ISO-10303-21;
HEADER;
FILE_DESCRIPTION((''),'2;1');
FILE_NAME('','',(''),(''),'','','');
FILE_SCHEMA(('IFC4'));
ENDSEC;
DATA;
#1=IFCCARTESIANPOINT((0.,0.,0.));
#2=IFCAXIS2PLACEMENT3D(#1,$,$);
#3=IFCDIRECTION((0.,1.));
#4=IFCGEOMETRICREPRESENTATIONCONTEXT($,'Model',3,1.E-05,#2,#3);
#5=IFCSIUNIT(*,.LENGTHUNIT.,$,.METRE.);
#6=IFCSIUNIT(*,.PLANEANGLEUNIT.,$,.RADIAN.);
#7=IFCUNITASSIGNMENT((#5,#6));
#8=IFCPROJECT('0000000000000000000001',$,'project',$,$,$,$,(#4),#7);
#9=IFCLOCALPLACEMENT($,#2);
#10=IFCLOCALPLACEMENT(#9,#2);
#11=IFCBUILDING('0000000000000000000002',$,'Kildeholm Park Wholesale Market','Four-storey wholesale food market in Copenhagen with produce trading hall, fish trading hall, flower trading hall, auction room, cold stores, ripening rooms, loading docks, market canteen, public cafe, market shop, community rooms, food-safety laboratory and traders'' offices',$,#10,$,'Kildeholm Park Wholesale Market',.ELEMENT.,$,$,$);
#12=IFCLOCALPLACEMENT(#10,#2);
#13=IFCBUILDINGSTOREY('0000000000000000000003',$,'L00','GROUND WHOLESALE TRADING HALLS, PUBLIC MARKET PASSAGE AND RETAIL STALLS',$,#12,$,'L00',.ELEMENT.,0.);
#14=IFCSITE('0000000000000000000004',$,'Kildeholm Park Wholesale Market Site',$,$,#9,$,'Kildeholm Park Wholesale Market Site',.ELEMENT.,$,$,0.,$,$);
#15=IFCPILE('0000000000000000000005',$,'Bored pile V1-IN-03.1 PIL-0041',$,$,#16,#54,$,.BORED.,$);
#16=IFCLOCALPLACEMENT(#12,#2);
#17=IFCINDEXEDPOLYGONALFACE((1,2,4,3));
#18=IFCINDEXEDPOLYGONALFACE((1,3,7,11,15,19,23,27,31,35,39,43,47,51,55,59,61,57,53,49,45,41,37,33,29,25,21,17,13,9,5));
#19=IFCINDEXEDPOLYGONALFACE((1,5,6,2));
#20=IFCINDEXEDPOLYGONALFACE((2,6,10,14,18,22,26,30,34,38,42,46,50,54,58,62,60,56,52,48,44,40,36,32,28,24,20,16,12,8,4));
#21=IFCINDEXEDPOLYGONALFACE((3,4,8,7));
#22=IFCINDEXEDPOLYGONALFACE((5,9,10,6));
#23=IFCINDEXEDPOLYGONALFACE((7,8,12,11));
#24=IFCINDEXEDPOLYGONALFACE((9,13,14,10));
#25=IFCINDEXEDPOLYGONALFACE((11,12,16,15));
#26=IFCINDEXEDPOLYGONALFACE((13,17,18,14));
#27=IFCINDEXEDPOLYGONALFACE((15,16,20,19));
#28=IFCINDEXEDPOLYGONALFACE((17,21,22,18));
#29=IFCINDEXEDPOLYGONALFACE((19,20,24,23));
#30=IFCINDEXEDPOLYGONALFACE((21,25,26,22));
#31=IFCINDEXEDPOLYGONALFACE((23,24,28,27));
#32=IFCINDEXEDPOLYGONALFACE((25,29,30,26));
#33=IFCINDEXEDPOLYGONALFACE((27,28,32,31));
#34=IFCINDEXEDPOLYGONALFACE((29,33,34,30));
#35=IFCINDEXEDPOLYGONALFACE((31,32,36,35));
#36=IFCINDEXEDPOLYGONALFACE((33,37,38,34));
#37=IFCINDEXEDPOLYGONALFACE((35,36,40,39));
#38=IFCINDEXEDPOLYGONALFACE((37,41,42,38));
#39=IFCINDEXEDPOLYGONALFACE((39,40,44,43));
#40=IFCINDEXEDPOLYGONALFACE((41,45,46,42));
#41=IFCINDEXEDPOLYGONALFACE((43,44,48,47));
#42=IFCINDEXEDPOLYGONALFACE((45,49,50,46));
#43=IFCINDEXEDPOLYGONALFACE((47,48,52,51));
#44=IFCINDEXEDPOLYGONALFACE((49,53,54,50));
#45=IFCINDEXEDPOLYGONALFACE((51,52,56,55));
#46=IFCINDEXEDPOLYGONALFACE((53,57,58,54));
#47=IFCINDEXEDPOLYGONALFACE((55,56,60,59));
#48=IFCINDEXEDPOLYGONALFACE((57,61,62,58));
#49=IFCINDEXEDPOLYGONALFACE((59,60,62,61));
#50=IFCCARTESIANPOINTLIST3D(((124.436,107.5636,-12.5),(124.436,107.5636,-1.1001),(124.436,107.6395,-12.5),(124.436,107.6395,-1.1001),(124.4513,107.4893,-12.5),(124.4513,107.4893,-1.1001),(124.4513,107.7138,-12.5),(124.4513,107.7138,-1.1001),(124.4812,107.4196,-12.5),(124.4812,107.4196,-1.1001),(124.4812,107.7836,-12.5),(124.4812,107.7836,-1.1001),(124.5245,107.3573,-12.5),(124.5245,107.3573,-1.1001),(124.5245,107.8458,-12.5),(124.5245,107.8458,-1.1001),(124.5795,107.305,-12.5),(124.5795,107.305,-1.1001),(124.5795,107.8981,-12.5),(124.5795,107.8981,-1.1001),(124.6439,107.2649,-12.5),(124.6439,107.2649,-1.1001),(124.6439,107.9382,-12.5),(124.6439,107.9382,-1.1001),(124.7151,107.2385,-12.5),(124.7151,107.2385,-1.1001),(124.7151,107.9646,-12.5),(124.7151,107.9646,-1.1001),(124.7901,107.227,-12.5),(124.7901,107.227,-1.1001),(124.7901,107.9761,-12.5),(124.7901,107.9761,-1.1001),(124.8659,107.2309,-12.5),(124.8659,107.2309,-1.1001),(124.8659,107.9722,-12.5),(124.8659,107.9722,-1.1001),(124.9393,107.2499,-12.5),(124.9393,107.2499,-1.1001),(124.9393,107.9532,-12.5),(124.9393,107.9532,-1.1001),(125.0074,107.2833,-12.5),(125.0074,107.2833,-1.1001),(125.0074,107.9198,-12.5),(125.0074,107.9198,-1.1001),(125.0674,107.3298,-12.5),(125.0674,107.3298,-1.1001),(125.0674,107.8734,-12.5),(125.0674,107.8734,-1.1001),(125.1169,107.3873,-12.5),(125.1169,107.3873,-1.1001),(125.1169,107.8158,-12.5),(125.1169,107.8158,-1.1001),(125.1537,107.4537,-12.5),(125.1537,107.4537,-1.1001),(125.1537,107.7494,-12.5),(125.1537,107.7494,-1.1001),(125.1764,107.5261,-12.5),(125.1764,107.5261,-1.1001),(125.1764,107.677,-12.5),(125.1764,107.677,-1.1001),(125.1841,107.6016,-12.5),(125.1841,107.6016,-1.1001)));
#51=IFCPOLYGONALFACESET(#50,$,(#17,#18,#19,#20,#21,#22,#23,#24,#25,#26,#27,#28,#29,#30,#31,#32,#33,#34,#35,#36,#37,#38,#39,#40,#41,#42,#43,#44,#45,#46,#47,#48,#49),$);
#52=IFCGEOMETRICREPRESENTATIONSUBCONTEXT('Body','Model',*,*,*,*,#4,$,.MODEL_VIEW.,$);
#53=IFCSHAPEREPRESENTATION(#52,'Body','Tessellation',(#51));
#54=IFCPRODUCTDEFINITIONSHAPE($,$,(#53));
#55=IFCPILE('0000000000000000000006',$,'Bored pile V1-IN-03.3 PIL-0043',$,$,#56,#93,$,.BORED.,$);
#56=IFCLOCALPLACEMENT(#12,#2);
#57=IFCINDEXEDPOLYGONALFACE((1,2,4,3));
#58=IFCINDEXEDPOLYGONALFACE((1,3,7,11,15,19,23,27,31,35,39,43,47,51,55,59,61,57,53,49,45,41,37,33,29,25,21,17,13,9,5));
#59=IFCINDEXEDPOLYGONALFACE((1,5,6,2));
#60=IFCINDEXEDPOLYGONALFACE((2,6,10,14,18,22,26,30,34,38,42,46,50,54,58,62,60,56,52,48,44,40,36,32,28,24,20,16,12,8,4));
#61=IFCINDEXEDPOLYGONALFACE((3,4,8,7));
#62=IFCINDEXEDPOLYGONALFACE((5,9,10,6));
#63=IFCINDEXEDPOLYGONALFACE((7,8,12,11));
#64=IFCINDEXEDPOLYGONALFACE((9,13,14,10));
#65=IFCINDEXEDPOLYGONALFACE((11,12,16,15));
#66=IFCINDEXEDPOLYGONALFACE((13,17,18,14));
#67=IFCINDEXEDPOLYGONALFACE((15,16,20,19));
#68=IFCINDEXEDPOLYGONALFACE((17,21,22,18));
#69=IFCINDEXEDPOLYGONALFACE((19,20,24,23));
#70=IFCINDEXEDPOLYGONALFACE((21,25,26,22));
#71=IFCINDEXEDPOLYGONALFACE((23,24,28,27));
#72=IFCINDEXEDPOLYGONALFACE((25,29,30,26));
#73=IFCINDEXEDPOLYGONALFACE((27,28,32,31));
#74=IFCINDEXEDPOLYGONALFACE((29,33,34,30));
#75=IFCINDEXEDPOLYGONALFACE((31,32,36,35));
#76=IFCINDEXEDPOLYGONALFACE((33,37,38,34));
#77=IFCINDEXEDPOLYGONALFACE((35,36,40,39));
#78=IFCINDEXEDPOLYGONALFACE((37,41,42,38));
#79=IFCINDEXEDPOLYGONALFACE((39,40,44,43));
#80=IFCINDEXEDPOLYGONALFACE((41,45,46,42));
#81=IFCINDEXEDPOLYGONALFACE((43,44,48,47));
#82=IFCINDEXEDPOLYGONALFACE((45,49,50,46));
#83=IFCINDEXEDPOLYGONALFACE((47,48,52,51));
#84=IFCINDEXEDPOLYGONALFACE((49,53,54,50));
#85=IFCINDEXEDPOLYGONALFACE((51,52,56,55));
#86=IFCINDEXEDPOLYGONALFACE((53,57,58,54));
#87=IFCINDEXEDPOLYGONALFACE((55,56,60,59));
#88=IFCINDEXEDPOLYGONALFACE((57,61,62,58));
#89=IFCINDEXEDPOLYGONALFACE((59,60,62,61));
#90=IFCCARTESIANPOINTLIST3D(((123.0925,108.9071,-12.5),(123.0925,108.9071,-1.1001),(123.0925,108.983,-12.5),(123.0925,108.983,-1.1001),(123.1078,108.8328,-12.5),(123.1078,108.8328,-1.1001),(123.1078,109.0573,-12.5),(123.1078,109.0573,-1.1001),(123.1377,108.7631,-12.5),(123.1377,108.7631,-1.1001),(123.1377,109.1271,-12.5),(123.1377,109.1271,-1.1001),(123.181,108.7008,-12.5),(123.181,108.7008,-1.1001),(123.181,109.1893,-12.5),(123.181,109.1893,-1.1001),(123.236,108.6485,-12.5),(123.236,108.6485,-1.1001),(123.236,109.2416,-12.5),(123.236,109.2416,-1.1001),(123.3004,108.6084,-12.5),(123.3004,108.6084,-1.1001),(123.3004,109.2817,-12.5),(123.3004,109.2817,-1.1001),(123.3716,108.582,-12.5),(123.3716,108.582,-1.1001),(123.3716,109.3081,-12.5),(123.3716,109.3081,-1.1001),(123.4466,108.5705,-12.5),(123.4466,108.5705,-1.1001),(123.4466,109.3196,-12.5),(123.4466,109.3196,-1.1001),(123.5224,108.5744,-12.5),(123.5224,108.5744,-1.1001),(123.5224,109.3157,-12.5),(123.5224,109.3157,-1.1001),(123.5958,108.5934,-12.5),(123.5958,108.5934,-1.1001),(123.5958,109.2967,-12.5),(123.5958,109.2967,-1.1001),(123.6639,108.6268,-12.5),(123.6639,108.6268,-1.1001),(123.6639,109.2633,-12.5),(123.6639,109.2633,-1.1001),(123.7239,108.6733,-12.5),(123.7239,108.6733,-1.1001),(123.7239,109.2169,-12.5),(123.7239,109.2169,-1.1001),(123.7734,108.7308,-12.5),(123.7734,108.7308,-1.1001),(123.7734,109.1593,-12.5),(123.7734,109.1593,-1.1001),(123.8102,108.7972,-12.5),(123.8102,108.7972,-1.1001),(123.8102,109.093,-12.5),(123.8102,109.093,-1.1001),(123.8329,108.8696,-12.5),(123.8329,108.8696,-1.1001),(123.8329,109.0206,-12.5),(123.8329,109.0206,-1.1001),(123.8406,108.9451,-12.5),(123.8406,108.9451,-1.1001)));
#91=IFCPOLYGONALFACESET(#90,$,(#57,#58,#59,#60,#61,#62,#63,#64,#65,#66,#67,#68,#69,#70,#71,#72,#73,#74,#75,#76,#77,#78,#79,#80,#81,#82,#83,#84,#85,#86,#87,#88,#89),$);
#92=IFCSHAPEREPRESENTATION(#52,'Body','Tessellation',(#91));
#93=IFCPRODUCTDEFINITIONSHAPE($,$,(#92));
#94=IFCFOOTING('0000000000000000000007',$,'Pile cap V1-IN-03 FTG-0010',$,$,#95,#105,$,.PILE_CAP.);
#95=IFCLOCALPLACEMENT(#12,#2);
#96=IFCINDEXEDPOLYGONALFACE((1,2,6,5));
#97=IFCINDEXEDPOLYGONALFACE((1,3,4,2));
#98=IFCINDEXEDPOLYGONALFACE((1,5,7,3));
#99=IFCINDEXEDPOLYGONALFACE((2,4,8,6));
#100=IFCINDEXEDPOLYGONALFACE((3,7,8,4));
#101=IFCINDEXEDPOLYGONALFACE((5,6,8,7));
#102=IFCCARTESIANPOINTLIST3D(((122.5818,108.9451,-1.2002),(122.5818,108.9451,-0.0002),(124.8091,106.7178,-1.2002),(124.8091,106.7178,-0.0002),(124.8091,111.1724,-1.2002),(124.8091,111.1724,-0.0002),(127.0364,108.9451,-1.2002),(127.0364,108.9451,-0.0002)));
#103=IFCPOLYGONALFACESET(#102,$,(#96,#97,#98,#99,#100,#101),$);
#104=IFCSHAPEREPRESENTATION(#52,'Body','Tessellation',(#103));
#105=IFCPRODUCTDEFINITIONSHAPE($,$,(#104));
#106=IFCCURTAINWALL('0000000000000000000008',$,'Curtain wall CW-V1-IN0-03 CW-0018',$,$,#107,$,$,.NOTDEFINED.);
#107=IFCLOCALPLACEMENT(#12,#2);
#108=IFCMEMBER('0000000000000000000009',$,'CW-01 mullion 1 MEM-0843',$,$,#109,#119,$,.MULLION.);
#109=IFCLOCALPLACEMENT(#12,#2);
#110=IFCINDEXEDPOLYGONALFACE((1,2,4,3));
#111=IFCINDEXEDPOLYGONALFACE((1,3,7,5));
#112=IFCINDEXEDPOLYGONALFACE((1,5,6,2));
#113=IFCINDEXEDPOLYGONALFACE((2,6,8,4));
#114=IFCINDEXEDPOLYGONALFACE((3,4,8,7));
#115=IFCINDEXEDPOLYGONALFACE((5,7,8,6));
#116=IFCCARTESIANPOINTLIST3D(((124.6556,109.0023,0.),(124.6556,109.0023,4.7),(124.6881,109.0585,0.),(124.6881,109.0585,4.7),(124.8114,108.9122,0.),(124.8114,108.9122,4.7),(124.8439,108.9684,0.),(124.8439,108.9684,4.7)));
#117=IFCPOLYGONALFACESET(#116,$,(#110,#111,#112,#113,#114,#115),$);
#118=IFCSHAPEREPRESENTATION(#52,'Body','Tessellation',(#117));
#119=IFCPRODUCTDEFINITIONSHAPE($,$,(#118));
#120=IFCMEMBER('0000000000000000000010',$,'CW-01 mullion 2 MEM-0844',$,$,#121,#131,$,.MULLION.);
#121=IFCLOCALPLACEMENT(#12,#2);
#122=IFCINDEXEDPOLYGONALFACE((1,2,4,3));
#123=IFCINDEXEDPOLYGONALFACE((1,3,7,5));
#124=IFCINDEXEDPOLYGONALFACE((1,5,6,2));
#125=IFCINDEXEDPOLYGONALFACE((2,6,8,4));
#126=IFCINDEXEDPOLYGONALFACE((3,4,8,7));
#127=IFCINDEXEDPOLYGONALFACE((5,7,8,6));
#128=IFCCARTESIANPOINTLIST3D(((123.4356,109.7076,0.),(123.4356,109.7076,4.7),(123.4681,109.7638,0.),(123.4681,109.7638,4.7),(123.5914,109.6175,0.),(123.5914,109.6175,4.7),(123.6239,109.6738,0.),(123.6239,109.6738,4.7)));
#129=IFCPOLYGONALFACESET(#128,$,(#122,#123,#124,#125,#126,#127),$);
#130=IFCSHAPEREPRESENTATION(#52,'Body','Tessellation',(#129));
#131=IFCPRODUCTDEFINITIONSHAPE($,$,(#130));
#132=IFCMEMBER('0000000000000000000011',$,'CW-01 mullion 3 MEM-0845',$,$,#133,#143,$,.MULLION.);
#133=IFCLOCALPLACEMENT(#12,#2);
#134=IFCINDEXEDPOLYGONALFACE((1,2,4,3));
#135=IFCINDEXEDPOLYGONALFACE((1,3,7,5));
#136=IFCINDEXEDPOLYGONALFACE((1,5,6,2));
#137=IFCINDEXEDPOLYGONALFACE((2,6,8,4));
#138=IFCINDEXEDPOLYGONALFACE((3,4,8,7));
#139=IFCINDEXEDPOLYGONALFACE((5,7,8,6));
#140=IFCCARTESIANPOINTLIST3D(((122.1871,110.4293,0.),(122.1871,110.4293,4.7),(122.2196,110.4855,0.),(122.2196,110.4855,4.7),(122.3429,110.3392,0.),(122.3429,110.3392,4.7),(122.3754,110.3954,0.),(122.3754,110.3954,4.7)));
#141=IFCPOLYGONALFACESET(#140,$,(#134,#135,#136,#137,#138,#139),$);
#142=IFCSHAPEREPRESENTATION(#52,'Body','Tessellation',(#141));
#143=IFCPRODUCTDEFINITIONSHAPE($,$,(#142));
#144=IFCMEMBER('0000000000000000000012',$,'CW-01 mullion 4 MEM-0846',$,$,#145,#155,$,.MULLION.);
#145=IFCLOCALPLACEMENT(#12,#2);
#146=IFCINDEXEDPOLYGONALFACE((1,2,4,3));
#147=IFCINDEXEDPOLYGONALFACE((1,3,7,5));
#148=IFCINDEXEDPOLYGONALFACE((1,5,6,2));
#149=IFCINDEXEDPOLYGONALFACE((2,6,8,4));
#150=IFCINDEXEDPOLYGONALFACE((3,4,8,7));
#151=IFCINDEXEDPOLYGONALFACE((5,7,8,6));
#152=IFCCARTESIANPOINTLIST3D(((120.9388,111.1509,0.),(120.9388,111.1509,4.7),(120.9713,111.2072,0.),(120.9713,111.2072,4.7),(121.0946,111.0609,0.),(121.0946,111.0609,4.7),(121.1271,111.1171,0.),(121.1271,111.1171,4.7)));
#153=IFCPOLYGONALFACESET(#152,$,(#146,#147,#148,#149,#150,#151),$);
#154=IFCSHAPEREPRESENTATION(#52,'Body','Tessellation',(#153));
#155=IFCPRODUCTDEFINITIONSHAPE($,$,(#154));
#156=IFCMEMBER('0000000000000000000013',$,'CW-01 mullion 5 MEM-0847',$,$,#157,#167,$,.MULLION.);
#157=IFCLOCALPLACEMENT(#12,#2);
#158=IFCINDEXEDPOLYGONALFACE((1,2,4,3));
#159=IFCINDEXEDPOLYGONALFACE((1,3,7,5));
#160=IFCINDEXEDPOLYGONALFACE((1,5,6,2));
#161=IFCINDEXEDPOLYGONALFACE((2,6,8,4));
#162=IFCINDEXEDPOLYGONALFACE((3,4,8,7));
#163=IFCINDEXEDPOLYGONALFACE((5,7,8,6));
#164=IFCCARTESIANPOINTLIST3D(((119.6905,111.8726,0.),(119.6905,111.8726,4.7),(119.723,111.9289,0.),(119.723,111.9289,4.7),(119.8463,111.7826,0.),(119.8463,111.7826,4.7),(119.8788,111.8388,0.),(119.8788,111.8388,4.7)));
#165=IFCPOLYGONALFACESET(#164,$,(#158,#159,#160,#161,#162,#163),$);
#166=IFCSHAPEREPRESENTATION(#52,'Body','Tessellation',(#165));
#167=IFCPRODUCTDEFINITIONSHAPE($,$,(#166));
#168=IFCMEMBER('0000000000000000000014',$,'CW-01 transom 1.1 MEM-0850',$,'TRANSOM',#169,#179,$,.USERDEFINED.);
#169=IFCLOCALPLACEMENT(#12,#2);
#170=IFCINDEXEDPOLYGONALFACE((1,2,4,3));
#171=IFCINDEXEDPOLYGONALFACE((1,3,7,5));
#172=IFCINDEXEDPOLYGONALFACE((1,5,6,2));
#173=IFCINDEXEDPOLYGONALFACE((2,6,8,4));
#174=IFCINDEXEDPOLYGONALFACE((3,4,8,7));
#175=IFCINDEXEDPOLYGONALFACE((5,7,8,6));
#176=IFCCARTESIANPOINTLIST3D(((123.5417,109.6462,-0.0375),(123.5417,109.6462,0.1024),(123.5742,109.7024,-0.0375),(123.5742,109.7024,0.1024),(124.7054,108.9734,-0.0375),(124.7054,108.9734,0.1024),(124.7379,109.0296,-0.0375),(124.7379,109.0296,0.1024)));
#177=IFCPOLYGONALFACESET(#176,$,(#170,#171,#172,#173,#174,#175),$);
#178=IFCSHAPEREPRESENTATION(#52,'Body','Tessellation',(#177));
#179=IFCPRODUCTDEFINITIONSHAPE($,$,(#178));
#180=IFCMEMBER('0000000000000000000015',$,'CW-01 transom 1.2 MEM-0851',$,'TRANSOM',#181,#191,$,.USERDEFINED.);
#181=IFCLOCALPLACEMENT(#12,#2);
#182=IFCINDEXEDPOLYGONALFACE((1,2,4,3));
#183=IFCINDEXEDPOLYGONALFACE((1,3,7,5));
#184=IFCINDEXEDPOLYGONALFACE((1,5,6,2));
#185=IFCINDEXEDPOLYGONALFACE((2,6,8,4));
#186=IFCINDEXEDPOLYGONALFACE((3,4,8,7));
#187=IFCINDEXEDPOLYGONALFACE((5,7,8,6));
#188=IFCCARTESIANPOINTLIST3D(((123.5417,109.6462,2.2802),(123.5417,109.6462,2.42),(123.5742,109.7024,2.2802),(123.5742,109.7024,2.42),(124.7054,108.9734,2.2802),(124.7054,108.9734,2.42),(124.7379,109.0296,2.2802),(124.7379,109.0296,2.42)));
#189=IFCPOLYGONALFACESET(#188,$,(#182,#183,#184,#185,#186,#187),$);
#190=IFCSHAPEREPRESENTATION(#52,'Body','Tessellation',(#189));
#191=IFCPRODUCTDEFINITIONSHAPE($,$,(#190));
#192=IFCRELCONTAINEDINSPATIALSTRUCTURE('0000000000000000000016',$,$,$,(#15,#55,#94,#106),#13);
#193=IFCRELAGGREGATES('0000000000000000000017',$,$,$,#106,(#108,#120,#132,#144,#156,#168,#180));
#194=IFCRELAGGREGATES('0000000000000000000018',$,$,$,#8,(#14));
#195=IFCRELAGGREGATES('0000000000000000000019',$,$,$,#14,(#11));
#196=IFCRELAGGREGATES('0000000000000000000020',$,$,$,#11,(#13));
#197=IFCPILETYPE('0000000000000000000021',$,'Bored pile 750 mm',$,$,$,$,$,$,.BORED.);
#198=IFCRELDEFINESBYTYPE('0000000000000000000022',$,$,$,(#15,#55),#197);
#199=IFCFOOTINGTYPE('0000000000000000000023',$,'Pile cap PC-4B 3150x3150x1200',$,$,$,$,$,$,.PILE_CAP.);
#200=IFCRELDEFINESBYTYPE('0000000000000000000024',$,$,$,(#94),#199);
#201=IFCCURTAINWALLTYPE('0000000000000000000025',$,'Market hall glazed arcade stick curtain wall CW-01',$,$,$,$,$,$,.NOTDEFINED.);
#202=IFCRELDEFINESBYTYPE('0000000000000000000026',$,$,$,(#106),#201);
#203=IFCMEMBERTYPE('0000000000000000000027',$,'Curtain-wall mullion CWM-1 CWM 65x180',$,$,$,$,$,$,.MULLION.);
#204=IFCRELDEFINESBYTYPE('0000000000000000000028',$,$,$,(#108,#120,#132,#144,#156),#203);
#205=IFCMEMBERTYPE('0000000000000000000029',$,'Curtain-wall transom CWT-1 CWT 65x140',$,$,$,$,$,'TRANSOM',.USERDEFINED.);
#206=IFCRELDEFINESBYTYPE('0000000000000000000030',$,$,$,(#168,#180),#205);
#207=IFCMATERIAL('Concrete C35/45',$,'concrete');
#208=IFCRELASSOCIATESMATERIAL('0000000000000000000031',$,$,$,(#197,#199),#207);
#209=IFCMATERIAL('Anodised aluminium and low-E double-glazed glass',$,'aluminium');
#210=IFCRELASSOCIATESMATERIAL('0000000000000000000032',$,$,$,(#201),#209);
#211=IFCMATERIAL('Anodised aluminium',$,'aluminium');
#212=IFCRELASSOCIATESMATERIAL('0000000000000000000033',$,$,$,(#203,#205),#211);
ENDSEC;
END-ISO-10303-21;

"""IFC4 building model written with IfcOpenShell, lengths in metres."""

from ifc_helpers import new_model, si_unit, direction, frame, origin, origin_2d, place, context, subcontext, project, spatial, rectangle, circle, extrude, material, material_profile, profile_set, type_object, element, aggregate, save


model = new_model("IFC4")

# Units and contexts
model_context = context("Model", 3, precision=1e-05, world=origin(), true_north=direction((0.0, 1.0)))
body_context = subcontext(model_context, "Body", "Model", "MODEL_VIEW")
ifc_project = project(units=[si_unit("LENGTHUNIT", "METRE"), si_unit("PLANEANGLEUNIT", "RADIAN")], contexts=[model_context])

# Site, building, storey
site_placement = place(None, origin())
site = spatial("IfcSite", under=ifc_project, at=site_placement, Name="Kildeholm Park Wholesale Market Site", LongName="Kildeholm Park Wholesale Market Site", CompositionType="ELEMENT", RefElevation=0.0)
building_placement = place(site_placement, origin())
building = spatial("IfcBuilding", under=site, at=building_placement, Name="Kildeholm Park Wholesale Market", Description="Four-storey wholesale food market in Copenhagen with produce trading hall, fish trading hall, flower trading hall, auction room, cold stores, ripening rooms, loading docks, market canteen, public cafe, market shop, community rooms, food-safety laboratory and traders' offices", LongName="Kildeholm Park Wholesale Market", CompositionType="ELEMENT")
storey_placement = place(building_placement, origin())
storey = spatial("IfcBuildingStorey", under=building, at=storey_placement, Name="L00", Description="GROUND WHOLESALE TRADING HALLS, PUBLIC MARKET PASSAGE AND RETAIL STALLS", LongName="L00", CompositionType="ELEMENT", Elevation=0.0)

# Piles
ifc_material_1 = material(Name="Concrete C35/45", Category="concrete")
ifc_material_profile_1 = material_profile(ifc_material_1, circle(Radius=0.375, at=origin_2d()), Name="PILE D750")
ifc_profile_set_1 = profile_set([ifc_material_profile_1], Name="Concrete C35/45")
pile_type = type_object("IfcPileType", Name="Bored pile 750 mm", PredefinedType="BORED", material=ifc_profile_set_1)
for number, where, z_axis, x_axis, name in (
    (1, (124.8091, 107.6016, -1.1001), (0.0, 0.0, -1.0), (1.0, 0.0, 0.0), "Bored pile V1-IN-03.1 PIL-0041"),
    (2, (123.4656, 108.9451, -1.1001), (0.0, 0.0, -1.0), (1.0, 0.0, 0.0), "Bored pile V1-IN-03.3 PIL-0043"),
):
    element("IfcPile", number, at=place(storey_placement, frame(where, z_axis=z_axis, x_axis=x_axis)), inside=storey, type_object=pile_type, Name=name, PredefinedType="BORED", context=body_context, shape_type="SweptSolid", body=[
        extrude(circle(Radius=0.375, at=origin_2d()), origin(), (0.0, 0.0, 1.0), 11.3999),
    ])

# Footing
footing_type = type_object("IfcFootingType", Name="Pile cap PC-4B 3150x3150x1200", PredefinedType="PILE_CAP", material=ifc_material_1)
footing_placement = place(storey_placement, frame((124.8091, 108.9451, -1.2002), z_axis=(0.0, 0.0, 1.0), x_axis=(0.707107, 0.707107, 0.0)))
element("IfcFooting", 3, at=footing_placement, inside=storey, type_object=footing_type, Name="Pile cap V1-IN-03 FTG-0010", PredefinedType="PILE_CAP", context=body_context, shape_type="SweptSolid", body=[
    extrude(rectangle(XDim=3.1499, YDim=3.1499, at=origin_2d()), origin(), (0.0, 0.0, 1.0), 1.2),
])

# Curtain wall, members
ifc_material_2 = material(Name="Anodised aluminium and low-E double-glazed glass", Category="aluminium")
curtain_wall_type = type_object("IfcCurtainWallType", Name="Market hall glazed arcade stick curtain wall CW-01", PredefinedType="NOTDEFINED", material=ifc_material_2)
curtain_wall_placement = place(storey_placement, origin())
curtain_wall = element("IfcCurtainWall", 4, at=curtain_wall_placement, inside=storey, type_object=curtain_wall_type, Name="Curtain wall CW-V1-IN0-03 CW-0018", PredefinedType="NOTDEFINED")
ifc_material_3 = material(Name="Anodised aluminium", Category="aluminium")
ifc_material_profile_2 = material_profile(ifc_material_3, rectangle(XDim=0.0649, YDim=0.1799, at=origin_2d()), Name="CWM 65x180")
ifc_profile_set_2 = profile_set([ifc_material_profile_2], Name="Anodised aluminium")
member_type_1 = type_object("IfcMemberType", Name="Curtain-wall mullion CWM-1 CWM 65x180", PredefinedType="MULLION", material=ifc_profile_set_2)
member_1_placement = place(storey_placement, frame((124.7498, 108.9854, 0.0), z_axis=(0.0, 0.0, 1.0), x_axis=(-0.500489, -0.865743, 0.0)))
member_1 = element("IfcMember", 5, at=member_1_placement, type_object=member_type_1, Name="CW-01 mullion 1 MEM-0843", PredefinedType="MULLION", context=body_context, shape_type="SweptSolid", body=[
    extrude(rectangle(XDim=0.0649, YDim=0.1799, at=origin_2d()), origin(), (0.0, 0.0, 1.0), 4.7),
])
member_2_placement = place(storey_placement, frame((123.5298, 109.6907, 0.0), z_axis=(0.0, 0.0, 1.0), x_axis=(-0.500489, -0.865743, 0.0)))
member_2 = element("IfcMember", 6, at=member_2_placement, type_object=member_type_1, Name="CW-01 mullion 2 MEM-0844", PredefinedType="MULLION", context=body_context, shape_type="SweptSolid", body=[
    extrude(rectangle(XDim=0.0649, YDim=0.1799, at=origin_2d()), origin(), (0.0, 0.0, 1.0), 4.7),
])
member_3_placement = place(storey_placement, frame((122.2812, 110.4124, 0.0), z_axis=(0.0, 0.0, 1.0), x_axis=(-0.500489, -0.865743, 0.0)))
member_3 = element("IfcMember", 7, at=member_3_placement, type_object=member_type_1, Name="CW-01 mullion 3 MEM-0845", PredefinedType="MULLION", context=body_context, shape_type="SweptSolid", body=[
    extrude(rectangle(XDim=0.0649, YDim=0.1799, at=origin_2d()), origin(), (0.0, 0.0, 1.0), 4.7),
])
member_4_placement = place(storey_placement, frame((121.033, 111.134, 0.0), z_axis=(0.0, 0.0, 1.0), x_axis=(-0.500489, -0.865743, 0.0)))
member_4 = element("IfcMember", 8, at=member_4_placement, type_object=member_type_1, Name="CW-01 mullion 4 MEM-0846", PredefinedType="MULLION", context=body_context, shape_type="SweptSolid", body=[
    extrude(rectangle(XDim=0.0649, YDim=0.1799, at=origin_2d()), origin(), (0.0, 0.0, 1.0), 4.7),
])
member_5_placement = place(storey_placement, frame((119.7847, 111.8557, 0.0), z_axis=(0.0, 0.0, 1.0), x_axis=(-0.500489, -0.865743, 0.0)))
member_5 = element("IfcMember", 9, at=member_5_placement, type_object=member_type_1, Name="CW-01 mullion 5 MEM-0847", PredefinedType="MULLION", context=body_context, shape_type="SweptSolid", body=[
    extrude(rectangle(XDim=0.0649, YDim=0.1799, at=origin_2d()), origin(), (0.0, 0.0, 1.0), 4.7),
])
ifc_material_profile_3 = material_profile(ifc_material_3, rectangle(XDim=0.0649, YDim=0.1399, at=origin_2d()), Name="CWT 65x140")
ifc_profile_set_3 = profile_set([ifc_material_profile_3], Name="Anodised aluminium")
member_type_2 = type_object("IfcMemberType", Name="Curtain-wall transom CWT-1 CWT 65x140", ElementType="TRANSOM", PredefinedType="USERDEFINED", material=ifc_profile_set_3)
member_6_placement = place(storey_placement, frame((124.7217, 109.0015, 0.0325), z_axis=(-0.865729, 0.500514, 0.0), x_axis=(-0.500514, -0.865729, 0.0)))
member_6 = element("IfcMember", 10, at=member_6_placement, type_object=member_type_2, Name="CW-01 transom 1.1 MEM-0850", ObjectType="TRANSOM", PredefinedType="USERDEFINED", context=body_context, shape_type="SweptSolid", body=[
    extrude(rectangle(XDim=0.0649, YDim=0.1399, at=origin_2d()), origin(), (0.0, 0.0, 1.0), 1.3442),
])
member_7_placement = place(storey_placement, frame((124.7217, 109.0015, 2.3501), z_axis=(-0.865729, 0.500514, 0.0), x_axis=(-0.500514, -0.865729, 0.0)))
member_7 = element("IfcMember", 11, at=member_7_placement, type_object=member_type_2, Name="CW-01 transom 1.2 MEM-0851", ObjectType="TRANSOM", PredefinedType="USERDEFINED", context=body_context, shape_type="SweptSolid", body=[
    extrude(rectangle(XDim=0.0649, YDim=0.1399, at=origin_2d()), origin(), (0.0, 0.0, 1.0), 1.3442),
])
aggregate(curtain_wall, [member_1, member_2, member_3, member_4, member_5, member_6, member_7])

save(model, "model.ifc")
